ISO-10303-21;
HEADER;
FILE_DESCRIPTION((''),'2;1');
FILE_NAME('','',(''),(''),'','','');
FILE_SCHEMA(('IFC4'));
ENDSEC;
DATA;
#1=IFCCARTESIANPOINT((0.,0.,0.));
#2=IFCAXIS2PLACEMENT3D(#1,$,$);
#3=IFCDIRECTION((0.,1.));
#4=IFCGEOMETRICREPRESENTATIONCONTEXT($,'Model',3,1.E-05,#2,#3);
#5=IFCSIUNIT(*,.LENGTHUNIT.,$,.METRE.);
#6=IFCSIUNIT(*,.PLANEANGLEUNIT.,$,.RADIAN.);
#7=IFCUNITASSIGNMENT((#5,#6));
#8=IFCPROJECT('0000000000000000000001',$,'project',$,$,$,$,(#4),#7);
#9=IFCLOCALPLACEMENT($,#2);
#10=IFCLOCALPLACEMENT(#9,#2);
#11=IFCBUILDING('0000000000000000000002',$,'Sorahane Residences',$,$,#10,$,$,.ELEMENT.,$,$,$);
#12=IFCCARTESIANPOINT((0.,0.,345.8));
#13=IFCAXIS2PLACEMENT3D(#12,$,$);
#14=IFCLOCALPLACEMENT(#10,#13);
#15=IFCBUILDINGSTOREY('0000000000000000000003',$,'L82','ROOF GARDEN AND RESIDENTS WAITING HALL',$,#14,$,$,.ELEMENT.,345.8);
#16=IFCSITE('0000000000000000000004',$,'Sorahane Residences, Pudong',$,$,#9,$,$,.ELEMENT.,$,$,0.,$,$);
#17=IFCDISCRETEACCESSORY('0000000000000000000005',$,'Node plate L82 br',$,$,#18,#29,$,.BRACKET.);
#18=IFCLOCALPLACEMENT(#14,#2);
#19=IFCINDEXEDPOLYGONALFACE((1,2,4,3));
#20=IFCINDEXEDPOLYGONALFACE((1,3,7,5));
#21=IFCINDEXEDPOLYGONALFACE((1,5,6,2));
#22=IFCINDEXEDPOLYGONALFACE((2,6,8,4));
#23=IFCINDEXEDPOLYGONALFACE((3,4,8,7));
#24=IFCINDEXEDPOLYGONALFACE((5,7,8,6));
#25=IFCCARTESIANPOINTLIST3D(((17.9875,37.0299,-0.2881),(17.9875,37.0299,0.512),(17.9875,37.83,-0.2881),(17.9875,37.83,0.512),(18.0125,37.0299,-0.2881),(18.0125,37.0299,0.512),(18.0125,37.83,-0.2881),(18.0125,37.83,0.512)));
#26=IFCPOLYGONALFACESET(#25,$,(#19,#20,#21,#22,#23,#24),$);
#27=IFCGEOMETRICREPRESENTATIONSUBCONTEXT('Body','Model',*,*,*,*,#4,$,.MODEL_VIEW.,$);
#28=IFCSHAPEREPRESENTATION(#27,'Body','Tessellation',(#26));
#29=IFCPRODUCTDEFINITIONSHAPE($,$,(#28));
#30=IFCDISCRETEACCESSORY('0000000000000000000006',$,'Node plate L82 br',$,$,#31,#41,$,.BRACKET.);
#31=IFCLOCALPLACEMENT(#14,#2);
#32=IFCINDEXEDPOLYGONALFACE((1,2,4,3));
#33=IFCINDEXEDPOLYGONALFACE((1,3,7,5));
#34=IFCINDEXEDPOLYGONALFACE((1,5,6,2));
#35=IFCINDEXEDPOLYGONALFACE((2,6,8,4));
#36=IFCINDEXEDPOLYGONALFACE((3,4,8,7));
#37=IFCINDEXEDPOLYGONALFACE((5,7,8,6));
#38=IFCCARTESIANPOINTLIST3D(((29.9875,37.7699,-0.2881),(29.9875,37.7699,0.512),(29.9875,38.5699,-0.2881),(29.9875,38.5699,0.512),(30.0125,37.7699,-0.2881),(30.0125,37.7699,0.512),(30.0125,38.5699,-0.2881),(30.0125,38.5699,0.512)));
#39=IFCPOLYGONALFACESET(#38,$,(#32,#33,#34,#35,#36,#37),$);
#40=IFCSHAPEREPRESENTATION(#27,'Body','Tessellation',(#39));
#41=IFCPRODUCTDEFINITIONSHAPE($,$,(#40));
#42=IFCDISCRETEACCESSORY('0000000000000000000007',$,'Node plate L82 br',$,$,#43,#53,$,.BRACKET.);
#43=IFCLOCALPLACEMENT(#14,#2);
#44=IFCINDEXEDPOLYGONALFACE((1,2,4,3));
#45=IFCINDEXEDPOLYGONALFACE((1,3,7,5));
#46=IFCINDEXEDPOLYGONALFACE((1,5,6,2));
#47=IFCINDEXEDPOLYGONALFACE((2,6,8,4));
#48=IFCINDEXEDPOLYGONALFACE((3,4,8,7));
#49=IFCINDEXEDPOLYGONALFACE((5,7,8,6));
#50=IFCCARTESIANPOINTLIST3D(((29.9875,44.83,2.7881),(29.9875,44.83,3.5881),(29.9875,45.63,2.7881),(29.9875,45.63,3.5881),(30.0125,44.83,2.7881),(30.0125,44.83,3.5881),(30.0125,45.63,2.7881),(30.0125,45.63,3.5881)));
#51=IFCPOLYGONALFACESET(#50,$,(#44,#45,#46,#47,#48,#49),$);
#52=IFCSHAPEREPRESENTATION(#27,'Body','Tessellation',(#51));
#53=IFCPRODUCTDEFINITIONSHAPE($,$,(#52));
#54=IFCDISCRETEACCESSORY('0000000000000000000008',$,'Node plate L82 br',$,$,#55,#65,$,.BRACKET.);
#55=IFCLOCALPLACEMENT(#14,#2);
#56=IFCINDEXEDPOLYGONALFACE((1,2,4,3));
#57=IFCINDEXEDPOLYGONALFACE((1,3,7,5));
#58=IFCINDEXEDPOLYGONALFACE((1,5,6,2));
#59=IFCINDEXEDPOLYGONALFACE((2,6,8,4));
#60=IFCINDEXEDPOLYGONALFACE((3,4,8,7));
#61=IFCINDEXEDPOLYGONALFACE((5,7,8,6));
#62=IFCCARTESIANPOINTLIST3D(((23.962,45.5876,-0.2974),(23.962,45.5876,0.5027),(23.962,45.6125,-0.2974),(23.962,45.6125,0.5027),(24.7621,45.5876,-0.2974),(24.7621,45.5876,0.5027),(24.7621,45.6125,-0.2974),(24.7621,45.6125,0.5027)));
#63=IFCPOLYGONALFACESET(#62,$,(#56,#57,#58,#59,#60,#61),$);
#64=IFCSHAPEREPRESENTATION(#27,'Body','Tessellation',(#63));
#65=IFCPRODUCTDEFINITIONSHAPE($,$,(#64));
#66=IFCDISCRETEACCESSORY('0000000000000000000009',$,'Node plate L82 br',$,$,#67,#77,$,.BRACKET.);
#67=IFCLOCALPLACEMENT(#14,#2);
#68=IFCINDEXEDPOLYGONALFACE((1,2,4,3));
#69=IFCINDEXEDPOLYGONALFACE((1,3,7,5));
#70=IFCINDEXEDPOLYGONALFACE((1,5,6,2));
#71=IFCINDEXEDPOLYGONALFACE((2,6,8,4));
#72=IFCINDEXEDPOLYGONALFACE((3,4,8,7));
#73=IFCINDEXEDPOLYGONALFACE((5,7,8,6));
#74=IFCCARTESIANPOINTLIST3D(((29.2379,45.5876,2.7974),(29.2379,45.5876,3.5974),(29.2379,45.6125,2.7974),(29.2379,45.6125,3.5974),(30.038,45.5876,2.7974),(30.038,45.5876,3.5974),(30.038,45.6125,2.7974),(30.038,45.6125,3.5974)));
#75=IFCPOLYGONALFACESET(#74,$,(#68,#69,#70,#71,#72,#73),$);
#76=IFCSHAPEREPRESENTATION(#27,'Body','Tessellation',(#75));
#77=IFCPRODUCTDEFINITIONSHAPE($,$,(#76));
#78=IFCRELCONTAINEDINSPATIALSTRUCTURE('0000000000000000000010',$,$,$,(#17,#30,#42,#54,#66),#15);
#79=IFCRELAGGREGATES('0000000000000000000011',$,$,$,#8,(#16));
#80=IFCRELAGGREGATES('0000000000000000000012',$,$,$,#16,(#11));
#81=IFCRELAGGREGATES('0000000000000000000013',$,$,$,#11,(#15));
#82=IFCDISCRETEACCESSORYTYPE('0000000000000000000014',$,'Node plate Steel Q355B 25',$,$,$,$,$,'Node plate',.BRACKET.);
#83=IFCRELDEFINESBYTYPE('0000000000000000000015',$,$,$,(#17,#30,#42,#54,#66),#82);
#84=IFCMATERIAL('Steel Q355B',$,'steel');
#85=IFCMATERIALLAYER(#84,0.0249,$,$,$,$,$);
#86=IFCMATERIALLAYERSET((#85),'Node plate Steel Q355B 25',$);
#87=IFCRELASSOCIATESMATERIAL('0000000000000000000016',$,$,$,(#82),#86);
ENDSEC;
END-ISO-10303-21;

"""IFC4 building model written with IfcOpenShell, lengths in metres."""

from ifc_helpers import new_model, si_unit, direction, frame, origin, origin_2d, place, context, subcontext, project, spatial, rectangle, extrude, material, layer, layer_set, type_object, element, save


model = new_model("IFC4")

# Units and contexts
model_context = context("Model", 3, precision=1e-05, world=origin(), true_north=direction((0.0, 1.0)))
body_context = subcontext(model_context, "Body", "Model", "MODEL_VIEW")
ifc_project = project(units=[si_unit("LENGTHUNIT", "METRE"), si_unit("PLANEANGLEUNIT", "RADIAN")], contexts=[model_context])

# Site, building, storey
site_placement = place(None, origin())
site = spatial("IfcSite", under=ifc_project, at=site_placement, Name="Sorahane Residences, Pudong", CompositionType="ELEMENT", RefElevation=0.0)
building_placement = place(site_placement, origin())
building = spatial("IfcBuilding", under=site, at=building_placement, Name="Sorahane Residences", CompositionType="ELEMENT")
storey_placement = place(building_placement, frame((0.0, 0.0, 345.8)))
storey = spatial("IfcBuildingStorey", under=building, at=storey_placement, Name="L82", Description="ROOF GARDEN AND RESIDENTS WAITING HALL", CompositionType="ELEMENT", Elevation=345.8)

# Discrete accessories
ifc_material_1 = material(Name="Steel Q355B", Category="steel")
ifc_layer_1 = layer(ifc_material_1, 0.0249)
ifc_layer_set_1 = layer_set([ifc_layer_1], Name="Node plate Steel Q355B 25")
discrete_accessory_type = type_object("IfcDiscreteAccessoryType", Name="Node plate Steel Q355B 25", ElementType="Node plate", PredefinedType="BRACKET", material=ifc_layer_set_1)
for number, where, z_axis, x_axis, name in (
    (1, (18.0, 37.4299, -0.2881), (0.0, 0.0, 1.0), (0.0, 1.0, 0.0), "Node plate L82 br"),
    (2, (30.0, 38.1699, -0.2881), (0.0, 0.0, 1.0), (0.0, 1.0, 0.0), "Node plate L82 br"),
    (3, (30.0, 45.23, 2.7881), (0.0, 0.0, 1.0), (0.0, 1.0, 0.0), "Node plate L82 br"),
    (4, (24.3621, 45.6001, -0.2974), (0.0, 0.0, 1.0), (1.0, 0.0, 0.0), "Node plate L82 br"),
    (5, (29.6379, 45.6001, 2.7974), (0.0, 0.0, 1.0), (1.0, 0.0, 0.0), "Node plate L82 br"),
):
    element("IfcDiscreteAccessory", number, at=place(storey_placement, frame(where, z_axis=z_axis, x_axis=x_axis)), inside=storey, type_object=discrete_accessory_type, Name=name, PredefinedType="BRACKET", context=body_context, shape_type="SweptSolid", body=[
        extrude(rectangle(XDim=0.8, YDim=0.0249, at=origin_2d()), origin(), (0.0, 0.0, 1.0), 0.8),
    ])

save(model, "model.ifc")
